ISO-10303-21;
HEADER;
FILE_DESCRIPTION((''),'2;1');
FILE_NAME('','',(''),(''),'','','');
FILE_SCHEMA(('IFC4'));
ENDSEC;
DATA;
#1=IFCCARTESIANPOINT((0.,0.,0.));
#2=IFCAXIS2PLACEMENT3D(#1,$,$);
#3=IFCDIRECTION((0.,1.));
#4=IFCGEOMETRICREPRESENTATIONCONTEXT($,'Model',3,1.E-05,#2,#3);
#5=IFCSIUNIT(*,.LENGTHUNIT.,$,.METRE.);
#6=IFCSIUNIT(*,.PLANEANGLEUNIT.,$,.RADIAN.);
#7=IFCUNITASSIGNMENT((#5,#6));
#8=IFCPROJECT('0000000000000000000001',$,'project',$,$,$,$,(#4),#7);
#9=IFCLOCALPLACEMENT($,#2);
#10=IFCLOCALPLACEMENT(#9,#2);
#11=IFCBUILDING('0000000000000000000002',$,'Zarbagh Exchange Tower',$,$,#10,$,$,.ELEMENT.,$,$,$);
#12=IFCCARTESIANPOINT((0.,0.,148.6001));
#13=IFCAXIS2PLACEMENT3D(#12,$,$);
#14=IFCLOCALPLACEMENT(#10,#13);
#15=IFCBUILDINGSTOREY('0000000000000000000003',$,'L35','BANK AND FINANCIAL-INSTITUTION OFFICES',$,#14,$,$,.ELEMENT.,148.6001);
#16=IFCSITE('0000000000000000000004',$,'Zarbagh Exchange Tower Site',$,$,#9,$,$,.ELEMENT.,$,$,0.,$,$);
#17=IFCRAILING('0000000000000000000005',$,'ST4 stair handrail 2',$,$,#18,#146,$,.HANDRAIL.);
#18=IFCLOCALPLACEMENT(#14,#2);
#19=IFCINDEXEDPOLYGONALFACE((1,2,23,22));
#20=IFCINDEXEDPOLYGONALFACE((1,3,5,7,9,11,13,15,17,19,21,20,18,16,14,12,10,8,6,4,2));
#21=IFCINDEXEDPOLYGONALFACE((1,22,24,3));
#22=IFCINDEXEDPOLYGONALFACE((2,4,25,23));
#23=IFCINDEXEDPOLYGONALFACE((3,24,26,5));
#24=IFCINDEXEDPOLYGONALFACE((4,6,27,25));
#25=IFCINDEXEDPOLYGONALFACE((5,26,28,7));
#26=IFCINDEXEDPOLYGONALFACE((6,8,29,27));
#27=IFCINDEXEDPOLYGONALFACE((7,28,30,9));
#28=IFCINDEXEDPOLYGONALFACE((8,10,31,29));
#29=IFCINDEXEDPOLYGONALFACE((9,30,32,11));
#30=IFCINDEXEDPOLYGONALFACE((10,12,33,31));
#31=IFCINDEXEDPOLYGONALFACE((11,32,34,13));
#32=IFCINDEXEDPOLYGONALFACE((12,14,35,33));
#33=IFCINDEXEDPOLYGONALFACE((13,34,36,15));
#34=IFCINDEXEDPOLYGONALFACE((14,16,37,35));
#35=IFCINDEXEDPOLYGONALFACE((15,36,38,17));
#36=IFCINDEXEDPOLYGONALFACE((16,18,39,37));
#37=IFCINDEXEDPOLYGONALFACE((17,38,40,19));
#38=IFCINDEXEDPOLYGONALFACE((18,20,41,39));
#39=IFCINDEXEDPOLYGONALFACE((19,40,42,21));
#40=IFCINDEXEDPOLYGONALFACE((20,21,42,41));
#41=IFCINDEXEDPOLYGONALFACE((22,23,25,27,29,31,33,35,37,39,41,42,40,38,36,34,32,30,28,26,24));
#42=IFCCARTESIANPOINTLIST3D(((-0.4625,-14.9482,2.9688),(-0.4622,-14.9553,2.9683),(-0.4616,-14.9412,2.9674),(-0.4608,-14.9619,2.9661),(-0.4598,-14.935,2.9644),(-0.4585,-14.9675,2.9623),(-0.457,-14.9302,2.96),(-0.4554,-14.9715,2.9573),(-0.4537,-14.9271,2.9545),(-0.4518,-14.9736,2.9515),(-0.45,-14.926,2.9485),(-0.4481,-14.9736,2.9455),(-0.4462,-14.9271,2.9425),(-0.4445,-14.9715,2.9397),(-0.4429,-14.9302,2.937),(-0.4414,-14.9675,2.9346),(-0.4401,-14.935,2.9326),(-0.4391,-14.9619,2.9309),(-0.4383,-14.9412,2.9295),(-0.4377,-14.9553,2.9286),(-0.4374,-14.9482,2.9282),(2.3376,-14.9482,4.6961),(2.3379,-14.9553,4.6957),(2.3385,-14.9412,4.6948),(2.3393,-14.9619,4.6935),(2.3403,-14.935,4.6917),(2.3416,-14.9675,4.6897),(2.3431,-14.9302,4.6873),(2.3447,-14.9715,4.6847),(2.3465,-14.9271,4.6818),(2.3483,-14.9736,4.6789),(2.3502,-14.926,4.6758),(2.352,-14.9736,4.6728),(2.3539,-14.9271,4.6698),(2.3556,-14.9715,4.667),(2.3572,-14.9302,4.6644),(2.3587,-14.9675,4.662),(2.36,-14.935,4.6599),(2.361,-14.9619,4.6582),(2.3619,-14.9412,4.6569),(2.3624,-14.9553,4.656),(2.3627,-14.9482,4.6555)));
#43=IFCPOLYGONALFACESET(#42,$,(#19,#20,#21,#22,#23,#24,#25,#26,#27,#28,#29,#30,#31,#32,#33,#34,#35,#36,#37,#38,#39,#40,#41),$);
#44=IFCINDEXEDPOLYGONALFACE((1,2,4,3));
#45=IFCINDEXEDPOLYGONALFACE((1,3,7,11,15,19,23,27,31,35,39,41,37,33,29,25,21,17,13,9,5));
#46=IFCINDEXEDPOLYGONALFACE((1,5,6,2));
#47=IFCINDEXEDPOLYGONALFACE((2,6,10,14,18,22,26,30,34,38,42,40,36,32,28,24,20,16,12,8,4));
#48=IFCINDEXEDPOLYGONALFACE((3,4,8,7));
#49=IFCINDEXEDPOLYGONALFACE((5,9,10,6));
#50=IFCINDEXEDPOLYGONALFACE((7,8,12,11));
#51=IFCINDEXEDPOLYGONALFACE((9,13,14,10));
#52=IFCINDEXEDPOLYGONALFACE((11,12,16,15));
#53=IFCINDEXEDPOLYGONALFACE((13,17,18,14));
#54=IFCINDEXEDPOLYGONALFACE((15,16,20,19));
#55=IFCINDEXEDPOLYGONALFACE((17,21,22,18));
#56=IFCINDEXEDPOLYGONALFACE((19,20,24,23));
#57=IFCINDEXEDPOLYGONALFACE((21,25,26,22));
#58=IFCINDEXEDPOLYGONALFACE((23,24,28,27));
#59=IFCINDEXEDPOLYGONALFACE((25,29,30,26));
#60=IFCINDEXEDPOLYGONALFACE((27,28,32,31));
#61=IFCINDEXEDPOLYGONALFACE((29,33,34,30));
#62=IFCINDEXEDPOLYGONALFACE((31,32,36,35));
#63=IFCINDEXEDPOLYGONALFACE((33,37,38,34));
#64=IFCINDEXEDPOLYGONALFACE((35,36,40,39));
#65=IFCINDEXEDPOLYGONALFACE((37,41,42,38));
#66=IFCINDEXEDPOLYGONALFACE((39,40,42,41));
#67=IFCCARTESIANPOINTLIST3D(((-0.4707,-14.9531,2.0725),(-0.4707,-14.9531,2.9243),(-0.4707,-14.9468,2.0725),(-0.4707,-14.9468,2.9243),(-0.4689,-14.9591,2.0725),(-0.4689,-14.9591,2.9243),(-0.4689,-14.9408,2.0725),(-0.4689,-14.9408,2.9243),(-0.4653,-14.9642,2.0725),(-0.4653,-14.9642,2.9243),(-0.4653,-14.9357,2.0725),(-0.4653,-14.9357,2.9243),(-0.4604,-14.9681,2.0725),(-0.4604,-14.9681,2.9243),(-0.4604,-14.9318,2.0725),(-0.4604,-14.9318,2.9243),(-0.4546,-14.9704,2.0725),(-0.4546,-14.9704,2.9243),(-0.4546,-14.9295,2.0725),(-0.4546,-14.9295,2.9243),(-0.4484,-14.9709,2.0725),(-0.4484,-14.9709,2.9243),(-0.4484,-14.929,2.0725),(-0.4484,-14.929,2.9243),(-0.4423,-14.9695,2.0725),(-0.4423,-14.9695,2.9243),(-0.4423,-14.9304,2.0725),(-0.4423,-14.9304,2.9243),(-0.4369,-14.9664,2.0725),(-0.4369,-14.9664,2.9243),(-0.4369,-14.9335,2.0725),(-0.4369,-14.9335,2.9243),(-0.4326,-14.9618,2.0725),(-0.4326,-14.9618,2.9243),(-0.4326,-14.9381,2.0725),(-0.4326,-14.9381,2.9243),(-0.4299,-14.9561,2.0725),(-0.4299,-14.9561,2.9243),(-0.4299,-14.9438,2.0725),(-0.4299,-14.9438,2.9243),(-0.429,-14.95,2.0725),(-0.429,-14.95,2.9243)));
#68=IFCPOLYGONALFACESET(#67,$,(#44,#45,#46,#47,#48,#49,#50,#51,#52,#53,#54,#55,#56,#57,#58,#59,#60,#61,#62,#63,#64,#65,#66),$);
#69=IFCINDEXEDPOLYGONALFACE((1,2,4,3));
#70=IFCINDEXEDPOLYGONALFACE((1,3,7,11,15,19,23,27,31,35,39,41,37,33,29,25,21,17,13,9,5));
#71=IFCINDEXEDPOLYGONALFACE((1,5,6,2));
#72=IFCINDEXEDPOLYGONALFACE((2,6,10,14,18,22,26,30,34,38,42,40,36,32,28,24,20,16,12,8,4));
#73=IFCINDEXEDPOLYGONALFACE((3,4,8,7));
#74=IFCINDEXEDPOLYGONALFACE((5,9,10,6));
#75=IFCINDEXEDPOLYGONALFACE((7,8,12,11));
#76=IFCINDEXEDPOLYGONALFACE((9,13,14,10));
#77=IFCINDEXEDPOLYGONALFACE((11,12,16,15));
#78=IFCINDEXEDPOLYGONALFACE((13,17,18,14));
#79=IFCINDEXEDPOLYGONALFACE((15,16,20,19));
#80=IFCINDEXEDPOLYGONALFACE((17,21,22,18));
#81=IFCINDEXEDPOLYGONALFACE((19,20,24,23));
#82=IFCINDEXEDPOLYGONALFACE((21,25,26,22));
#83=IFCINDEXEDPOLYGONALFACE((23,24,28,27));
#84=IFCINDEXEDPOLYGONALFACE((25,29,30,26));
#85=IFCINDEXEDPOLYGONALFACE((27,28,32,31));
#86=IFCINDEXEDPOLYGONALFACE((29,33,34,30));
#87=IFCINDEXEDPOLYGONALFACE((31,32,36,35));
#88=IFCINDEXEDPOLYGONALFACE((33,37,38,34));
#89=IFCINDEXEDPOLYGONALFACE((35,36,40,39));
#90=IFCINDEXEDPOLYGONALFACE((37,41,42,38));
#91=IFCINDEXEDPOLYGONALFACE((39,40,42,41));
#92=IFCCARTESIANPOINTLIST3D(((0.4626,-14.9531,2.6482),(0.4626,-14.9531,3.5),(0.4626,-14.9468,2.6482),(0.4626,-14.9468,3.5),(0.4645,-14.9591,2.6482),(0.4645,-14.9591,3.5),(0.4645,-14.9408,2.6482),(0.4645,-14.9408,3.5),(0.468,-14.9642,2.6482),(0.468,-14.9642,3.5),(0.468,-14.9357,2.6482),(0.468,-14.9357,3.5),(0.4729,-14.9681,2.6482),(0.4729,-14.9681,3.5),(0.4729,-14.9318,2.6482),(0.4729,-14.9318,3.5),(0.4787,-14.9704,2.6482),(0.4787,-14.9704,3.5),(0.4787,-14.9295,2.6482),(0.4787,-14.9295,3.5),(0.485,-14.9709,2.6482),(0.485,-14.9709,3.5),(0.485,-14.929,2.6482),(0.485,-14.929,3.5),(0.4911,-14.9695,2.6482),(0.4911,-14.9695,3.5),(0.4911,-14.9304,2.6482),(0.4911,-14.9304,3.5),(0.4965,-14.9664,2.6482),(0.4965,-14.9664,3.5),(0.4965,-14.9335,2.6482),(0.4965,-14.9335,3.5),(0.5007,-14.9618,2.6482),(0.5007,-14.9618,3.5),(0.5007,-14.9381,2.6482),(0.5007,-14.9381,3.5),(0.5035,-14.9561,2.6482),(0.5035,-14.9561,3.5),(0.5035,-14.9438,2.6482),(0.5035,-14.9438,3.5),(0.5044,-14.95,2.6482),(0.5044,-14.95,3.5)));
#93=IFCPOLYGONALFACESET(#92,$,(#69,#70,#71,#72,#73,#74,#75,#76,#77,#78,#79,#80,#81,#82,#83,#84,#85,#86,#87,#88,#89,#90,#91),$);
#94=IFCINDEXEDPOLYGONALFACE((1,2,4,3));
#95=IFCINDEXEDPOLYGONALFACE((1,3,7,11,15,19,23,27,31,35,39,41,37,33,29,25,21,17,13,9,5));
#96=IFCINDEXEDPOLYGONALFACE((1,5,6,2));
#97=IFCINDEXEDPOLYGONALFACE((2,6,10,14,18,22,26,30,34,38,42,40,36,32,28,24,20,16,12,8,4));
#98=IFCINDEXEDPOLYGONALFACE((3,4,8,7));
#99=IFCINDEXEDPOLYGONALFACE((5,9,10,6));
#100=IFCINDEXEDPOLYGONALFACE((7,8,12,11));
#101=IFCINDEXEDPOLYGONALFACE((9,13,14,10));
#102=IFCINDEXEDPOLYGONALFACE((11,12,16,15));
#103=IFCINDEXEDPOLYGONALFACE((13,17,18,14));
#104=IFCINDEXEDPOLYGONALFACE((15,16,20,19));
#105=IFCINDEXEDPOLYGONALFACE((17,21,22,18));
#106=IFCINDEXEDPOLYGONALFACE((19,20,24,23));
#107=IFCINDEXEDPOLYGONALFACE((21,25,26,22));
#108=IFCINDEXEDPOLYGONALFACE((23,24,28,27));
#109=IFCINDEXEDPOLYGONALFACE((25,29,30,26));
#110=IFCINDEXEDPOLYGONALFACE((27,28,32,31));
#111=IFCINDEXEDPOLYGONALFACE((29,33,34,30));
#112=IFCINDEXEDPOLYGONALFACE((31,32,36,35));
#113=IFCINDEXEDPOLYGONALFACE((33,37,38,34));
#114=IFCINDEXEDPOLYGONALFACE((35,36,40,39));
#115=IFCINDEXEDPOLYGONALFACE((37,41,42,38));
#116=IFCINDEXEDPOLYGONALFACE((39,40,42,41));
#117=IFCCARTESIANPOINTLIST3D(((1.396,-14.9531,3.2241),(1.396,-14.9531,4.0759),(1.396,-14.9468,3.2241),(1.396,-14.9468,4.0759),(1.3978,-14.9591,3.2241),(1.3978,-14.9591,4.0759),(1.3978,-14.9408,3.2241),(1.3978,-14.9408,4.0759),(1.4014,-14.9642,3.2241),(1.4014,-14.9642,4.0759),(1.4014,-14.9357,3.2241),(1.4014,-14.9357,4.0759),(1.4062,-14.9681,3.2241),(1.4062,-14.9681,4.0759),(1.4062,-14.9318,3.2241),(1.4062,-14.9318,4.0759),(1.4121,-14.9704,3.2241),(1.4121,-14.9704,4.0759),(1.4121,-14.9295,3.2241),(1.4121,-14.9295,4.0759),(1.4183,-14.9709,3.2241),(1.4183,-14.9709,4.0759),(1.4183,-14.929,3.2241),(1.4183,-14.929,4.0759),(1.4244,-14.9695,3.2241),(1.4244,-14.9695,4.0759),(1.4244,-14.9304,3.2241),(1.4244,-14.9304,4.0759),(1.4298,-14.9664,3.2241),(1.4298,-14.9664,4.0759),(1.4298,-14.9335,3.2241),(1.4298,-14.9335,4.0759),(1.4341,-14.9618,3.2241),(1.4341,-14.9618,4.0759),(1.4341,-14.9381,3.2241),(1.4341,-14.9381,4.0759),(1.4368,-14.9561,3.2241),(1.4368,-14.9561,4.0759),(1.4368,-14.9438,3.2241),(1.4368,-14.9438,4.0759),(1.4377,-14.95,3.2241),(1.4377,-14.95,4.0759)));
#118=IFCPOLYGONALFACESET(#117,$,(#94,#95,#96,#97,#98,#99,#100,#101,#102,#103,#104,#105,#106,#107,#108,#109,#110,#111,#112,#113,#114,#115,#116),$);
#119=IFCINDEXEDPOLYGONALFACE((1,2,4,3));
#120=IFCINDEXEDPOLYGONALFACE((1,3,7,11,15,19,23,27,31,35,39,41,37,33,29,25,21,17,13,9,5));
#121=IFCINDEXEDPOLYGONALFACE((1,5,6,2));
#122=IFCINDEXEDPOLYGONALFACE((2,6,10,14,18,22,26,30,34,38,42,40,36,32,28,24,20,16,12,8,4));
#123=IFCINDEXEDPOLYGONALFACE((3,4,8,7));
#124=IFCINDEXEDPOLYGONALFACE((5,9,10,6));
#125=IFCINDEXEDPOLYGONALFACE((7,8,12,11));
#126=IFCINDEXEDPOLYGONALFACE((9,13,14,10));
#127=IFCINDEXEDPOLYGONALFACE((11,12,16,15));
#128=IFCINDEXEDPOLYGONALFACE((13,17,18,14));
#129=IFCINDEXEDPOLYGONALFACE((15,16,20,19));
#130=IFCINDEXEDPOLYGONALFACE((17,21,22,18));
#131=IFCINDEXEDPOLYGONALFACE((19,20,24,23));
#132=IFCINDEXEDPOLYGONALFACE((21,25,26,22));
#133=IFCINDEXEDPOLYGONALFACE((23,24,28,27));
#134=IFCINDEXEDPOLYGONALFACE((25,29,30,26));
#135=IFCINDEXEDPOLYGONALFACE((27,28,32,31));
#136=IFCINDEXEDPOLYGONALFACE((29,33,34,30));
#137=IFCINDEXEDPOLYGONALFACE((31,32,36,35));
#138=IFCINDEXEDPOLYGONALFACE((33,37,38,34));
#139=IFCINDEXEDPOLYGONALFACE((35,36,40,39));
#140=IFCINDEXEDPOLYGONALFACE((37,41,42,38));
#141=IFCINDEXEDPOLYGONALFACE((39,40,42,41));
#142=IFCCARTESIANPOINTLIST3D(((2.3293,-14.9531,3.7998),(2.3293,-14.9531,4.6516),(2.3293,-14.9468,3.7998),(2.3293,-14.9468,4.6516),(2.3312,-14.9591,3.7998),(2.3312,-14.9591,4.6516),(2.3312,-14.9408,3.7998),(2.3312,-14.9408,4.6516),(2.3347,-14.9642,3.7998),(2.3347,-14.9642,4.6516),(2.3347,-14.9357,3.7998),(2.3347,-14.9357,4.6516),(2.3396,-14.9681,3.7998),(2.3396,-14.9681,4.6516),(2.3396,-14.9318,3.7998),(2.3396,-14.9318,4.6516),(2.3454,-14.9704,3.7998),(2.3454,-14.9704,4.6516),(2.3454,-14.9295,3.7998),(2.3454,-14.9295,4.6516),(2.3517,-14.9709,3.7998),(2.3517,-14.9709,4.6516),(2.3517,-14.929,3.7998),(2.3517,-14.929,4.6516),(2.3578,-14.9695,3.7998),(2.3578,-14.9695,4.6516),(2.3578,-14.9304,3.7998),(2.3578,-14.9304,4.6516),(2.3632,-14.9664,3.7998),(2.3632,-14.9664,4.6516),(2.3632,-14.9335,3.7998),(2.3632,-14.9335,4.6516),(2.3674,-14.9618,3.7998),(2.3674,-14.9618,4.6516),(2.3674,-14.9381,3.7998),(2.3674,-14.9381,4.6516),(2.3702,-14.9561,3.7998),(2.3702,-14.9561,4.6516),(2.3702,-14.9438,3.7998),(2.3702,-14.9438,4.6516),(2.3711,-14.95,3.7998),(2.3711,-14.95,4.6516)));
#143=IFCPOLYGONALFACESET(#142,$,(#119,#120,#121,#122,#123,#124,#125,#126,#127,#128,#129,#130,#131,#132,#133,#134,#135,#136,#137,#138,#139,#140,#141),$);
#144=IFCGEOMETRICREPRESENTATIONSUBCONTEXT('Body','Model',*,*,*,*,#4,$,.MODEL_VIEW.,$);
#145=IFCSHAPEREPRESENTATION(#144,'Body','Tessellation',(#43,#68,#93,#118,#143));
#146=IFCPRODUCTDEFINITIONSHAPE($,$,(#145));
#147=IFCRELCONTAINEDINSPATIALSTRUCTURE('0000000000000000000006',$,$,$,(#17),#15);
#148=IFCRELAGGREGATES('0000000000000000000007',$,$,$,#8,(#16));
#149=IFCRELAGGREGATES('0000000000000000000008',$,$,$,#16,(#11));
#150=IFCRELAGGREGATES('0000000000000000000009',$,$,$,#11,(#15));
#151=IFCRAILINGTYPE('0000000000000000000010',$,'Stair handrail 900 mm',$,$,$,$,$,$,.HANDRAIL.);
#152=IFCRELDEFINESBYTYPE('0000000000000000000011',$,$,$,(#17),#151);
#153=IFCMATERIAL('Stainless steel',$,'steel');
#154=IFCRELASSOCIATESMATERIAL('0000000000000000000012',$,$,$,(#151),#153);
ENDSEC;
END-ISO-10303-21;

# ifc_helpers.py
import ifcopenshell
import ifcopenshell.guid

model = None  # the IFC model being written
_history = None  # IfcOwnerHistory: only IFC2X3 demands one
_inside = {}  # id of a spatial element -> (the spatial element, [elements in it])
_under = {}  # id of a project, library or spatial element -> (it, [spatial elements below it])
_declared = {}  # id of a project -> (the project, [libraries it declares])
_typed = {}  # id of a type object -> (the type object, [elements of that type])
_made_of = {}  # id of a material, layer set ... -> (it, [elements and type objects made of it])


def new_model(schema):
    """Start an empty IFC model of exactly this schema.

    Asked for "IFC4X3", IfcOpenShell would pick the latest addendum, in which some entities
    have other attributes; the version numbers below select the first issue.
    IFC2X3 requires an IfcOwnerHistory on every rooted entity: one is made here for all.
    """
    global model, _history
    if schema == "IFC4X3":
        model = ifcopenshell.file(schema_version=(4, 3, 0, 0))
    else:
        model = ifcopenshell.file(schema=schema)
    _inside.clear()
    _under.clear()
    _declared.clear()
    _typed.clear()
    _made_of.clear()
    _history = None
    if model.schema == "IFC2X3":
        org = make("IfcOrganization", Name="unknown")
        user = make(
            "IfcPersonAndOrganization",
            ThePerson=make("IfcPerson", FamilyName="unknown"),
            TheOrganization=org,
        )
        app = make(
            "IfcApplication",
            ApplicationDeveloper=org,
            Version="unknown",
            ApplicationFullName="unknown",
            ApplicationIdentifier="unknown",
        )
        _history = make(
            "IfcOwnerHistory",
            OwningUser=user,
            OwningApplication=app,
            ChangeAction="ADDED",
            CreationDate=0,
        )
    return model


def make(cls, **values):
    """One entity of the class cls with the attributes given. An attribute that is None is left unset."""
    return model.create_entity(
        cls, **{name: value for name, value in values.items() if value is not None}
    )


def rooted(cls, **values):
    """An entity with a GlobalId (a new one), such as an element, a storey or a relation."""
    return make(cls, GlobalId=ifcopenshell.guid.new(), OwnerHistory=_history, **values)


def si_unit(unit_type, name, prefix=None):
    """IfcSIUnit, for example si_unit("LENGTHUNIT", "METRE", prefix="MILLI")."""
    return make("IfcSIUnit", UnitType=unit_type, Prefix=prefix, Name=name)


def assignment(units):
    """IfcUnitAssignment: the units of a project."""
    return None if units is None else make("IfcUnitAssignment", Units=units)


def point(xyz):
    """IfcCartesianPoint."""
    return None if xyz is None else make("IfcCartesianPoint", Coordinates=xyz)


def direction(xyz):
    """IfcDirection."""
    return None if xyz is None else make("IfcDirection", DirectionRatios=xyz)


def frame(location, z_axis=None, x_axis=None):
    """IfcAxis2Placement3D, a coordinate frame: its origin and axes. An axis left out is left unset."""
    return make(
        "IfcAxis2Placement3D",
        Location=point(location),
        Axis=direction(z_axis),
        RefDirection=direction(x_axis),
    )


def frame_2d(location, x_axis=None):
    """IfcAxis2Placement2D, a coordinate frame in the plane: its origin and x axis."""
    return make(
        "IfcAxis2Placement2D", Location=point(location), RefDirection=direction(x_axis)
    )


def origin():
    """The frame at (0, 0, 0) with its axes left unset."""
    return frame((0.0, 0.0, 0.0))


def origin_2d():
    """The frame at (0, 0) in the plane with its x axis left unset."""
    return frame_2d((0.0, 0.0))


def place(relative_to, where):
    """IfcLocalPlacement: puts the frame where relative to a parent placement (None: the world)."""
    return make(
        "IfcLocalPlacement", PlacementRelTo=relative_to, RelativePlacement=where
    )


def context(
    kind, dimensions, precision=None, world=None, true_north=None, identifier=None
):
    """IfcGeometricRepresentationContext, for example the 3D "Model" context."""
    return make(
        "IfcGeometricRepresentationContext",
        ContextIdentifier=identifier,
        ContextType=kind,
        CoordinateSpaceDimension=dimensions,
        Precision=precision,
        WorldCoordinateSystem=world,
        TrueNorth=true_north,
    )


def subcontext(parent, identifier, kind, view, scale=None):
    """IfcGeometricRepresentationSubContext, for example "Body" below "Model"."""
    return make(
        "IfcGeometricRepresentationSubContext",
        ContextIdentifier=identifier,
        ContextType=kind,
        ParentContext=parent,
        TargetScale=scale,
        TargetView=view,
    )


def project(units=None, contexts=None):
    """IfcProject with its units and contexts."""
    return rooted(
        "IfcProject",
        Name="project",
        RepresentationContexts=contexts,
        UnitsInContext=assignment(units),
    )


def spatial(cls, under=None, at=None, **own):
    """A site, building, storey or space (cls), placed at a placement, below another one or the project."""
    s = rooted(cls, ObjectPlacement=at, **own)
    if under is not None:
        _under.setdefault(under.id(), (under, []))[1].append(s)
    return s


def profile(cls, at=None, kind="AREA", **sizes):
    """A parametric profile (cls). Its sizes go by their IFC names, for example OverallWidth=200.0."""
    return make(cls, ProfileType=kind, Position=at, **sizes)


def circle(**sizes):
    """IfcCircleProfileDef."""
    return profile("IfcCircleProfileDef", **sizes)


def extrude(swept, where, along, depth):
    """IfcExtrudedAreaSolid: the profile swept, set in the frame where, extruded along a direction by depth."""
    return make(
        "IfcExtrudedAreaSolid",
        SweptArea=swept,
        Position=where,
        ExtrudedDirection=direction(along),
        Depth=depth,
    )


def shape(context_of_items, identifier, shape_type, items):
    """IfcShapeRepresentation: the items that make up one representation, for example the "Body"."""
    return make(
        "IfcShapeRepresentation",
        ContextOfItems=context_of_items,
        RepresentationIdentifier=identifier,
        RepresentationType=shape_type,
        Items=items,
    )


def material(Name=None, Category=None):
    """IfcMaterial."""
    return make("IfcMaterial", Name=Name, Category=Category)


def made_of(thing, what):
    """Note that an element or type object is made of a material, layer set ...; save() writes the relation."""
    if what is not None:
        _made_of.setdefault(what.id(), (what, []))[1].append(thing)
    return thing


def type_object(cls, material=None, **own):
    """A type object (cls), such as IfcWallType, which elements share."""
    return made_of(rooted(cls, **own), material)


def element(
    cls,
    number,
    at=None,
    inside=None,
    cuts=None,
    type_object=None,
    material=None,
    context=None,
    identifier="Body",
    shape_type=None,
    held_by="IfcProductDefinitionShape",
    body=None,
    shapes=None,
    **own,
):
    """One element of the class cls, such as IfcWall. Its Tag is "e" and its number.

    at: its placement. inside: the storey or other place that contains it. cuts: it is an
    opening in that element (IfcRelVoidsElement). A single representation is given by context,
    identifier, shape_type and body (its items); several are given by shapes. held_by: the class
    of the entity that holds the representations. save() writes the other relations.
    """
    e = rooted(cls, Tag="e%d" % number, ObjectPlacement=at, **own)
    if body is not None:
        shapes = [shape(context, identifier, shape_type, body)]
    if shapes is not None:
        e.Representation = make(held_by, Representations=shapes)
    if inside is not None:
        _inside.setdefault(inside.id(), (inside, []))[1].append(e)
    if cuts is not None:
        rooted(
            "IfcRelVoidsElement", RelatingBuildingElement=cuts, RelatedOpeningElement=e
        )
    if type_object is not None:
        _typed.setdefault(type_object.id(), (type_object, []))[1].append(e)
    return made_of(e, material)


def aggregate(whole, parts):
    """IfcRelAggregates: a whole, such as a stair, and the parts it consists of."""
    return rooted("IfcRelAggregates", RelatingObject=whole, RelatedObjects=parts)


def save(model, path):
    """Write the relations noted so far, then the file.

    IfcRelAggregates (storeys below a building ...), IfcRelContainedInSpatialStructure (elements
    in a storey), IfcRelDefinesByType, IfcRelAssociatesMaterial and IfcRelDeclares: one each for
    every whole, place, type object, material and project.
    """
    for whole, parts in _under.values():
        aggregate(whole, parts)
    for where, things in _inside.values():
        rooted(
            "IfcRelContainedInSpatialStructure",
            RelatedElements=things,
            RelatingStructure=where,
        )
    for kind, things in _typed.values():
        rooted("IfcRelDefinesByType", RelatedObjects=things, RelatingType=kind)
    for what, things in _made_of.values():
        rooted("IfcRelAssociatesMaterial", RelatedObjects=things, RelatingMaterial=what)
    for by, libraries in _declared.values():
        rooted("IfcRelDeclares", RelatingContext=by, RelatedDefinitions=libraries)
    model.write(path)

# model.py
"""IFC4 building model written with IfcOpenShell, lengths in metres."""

from ifc_helpers import new_model, si_unit, direction, frame, origin, origin_2d, place, context, subcontext, project, spatial, circle, extrude, material, type_object, element, save


model = new_model("IFC4")

# Units and contexts
model_context = context("Model", 3, precision=1e-05, world=origin(), true_north=direction((0.0, 1.0)))
body_context = subcontext(model_context, "Body", "Model", "MODEL_VIEW")
ifc_project = project(units=[si_unit("LENGTHUNIT", "METRE"), si_unit("PLANEANGLEUNIT", "RADIAN")], contexts=[model_context])

# Site, building, storey
site_placement = place(None, origin())
site = spatial("IfcSite", under=ifc_project, at=site_placement, Name="Zarbagh Exchange Tower Site", CompositionType="ELEMENT", RefElevation=0.0)
building_placement = place(site_placement, origin())
building = spatial("IfcBuilding", under=site, at=building_placement, Name="Zarbagh Exchange Tower", CompositionType="ELEMENT")
storey_placement = place(building_placement, frame((0.0, 0.0, 148.6001)))
storey = spatial("IfcBuildingStorey", under=building, at=storey_placement, Name="L35", Description="BANK AND FINANCIAL-INSTITUTION OFFICES", CompositionType="ELEMENT", Elevation=148.6001)

# Shared definitions
ifc_material_1 = material(Name="Stainless steel", Category="steel")

# Railing
railing_type_1 = type_object("IfcRailingType", Name="Stair handrail 900 mm", PredefinedType="HANDRAIL", material=ifc_material_1)
for number, where, name in (
    (1, (-0.45, -14.95, 2.0725), "ST4 stair handrail 2"),
):
    element("IfcRailing", number, at=place(storey_placement, frame(where)), inside=storey, type_object=railing_type_1, Name=name, PredefinedType="HANDRAIL", context=body_context, shape_type="SweptSolid", body=[
        extrude(circle(Radius=0.0239, at=origin_2d()), frame((0.0, 0.0, 0.876), z_axis=(0.85109, 0.0, 0.52502), x_axis=(0.0, 1.0, 0.0)), (0.0, 0.0, 1.0), 3.29),
        extrude(circle(Radius=0.021, at=origin_2d()), origin(), (0.0, 0.0, 1.0), 0.8518),
        extrude(circle(Radius=0.021, at=origin_2d()), frame((0.9333, 0.0, 0.5757)), (0.0, 0.0, 1.0), 0.8518),
        extrude(circle(Radius=0.021, at=origin_2d()), frame((1.8667, 0.0, 1.1516)), (0.0, 0.0, 1.0), 0.8518),
        extrude(circle(Radius=0.021, at=origin_2d()), frame((2.8, 0.0, 1.7273)), (0.0, 0.0, 1.0), 0.8518),
    ])

save(model, "model.ifc")
